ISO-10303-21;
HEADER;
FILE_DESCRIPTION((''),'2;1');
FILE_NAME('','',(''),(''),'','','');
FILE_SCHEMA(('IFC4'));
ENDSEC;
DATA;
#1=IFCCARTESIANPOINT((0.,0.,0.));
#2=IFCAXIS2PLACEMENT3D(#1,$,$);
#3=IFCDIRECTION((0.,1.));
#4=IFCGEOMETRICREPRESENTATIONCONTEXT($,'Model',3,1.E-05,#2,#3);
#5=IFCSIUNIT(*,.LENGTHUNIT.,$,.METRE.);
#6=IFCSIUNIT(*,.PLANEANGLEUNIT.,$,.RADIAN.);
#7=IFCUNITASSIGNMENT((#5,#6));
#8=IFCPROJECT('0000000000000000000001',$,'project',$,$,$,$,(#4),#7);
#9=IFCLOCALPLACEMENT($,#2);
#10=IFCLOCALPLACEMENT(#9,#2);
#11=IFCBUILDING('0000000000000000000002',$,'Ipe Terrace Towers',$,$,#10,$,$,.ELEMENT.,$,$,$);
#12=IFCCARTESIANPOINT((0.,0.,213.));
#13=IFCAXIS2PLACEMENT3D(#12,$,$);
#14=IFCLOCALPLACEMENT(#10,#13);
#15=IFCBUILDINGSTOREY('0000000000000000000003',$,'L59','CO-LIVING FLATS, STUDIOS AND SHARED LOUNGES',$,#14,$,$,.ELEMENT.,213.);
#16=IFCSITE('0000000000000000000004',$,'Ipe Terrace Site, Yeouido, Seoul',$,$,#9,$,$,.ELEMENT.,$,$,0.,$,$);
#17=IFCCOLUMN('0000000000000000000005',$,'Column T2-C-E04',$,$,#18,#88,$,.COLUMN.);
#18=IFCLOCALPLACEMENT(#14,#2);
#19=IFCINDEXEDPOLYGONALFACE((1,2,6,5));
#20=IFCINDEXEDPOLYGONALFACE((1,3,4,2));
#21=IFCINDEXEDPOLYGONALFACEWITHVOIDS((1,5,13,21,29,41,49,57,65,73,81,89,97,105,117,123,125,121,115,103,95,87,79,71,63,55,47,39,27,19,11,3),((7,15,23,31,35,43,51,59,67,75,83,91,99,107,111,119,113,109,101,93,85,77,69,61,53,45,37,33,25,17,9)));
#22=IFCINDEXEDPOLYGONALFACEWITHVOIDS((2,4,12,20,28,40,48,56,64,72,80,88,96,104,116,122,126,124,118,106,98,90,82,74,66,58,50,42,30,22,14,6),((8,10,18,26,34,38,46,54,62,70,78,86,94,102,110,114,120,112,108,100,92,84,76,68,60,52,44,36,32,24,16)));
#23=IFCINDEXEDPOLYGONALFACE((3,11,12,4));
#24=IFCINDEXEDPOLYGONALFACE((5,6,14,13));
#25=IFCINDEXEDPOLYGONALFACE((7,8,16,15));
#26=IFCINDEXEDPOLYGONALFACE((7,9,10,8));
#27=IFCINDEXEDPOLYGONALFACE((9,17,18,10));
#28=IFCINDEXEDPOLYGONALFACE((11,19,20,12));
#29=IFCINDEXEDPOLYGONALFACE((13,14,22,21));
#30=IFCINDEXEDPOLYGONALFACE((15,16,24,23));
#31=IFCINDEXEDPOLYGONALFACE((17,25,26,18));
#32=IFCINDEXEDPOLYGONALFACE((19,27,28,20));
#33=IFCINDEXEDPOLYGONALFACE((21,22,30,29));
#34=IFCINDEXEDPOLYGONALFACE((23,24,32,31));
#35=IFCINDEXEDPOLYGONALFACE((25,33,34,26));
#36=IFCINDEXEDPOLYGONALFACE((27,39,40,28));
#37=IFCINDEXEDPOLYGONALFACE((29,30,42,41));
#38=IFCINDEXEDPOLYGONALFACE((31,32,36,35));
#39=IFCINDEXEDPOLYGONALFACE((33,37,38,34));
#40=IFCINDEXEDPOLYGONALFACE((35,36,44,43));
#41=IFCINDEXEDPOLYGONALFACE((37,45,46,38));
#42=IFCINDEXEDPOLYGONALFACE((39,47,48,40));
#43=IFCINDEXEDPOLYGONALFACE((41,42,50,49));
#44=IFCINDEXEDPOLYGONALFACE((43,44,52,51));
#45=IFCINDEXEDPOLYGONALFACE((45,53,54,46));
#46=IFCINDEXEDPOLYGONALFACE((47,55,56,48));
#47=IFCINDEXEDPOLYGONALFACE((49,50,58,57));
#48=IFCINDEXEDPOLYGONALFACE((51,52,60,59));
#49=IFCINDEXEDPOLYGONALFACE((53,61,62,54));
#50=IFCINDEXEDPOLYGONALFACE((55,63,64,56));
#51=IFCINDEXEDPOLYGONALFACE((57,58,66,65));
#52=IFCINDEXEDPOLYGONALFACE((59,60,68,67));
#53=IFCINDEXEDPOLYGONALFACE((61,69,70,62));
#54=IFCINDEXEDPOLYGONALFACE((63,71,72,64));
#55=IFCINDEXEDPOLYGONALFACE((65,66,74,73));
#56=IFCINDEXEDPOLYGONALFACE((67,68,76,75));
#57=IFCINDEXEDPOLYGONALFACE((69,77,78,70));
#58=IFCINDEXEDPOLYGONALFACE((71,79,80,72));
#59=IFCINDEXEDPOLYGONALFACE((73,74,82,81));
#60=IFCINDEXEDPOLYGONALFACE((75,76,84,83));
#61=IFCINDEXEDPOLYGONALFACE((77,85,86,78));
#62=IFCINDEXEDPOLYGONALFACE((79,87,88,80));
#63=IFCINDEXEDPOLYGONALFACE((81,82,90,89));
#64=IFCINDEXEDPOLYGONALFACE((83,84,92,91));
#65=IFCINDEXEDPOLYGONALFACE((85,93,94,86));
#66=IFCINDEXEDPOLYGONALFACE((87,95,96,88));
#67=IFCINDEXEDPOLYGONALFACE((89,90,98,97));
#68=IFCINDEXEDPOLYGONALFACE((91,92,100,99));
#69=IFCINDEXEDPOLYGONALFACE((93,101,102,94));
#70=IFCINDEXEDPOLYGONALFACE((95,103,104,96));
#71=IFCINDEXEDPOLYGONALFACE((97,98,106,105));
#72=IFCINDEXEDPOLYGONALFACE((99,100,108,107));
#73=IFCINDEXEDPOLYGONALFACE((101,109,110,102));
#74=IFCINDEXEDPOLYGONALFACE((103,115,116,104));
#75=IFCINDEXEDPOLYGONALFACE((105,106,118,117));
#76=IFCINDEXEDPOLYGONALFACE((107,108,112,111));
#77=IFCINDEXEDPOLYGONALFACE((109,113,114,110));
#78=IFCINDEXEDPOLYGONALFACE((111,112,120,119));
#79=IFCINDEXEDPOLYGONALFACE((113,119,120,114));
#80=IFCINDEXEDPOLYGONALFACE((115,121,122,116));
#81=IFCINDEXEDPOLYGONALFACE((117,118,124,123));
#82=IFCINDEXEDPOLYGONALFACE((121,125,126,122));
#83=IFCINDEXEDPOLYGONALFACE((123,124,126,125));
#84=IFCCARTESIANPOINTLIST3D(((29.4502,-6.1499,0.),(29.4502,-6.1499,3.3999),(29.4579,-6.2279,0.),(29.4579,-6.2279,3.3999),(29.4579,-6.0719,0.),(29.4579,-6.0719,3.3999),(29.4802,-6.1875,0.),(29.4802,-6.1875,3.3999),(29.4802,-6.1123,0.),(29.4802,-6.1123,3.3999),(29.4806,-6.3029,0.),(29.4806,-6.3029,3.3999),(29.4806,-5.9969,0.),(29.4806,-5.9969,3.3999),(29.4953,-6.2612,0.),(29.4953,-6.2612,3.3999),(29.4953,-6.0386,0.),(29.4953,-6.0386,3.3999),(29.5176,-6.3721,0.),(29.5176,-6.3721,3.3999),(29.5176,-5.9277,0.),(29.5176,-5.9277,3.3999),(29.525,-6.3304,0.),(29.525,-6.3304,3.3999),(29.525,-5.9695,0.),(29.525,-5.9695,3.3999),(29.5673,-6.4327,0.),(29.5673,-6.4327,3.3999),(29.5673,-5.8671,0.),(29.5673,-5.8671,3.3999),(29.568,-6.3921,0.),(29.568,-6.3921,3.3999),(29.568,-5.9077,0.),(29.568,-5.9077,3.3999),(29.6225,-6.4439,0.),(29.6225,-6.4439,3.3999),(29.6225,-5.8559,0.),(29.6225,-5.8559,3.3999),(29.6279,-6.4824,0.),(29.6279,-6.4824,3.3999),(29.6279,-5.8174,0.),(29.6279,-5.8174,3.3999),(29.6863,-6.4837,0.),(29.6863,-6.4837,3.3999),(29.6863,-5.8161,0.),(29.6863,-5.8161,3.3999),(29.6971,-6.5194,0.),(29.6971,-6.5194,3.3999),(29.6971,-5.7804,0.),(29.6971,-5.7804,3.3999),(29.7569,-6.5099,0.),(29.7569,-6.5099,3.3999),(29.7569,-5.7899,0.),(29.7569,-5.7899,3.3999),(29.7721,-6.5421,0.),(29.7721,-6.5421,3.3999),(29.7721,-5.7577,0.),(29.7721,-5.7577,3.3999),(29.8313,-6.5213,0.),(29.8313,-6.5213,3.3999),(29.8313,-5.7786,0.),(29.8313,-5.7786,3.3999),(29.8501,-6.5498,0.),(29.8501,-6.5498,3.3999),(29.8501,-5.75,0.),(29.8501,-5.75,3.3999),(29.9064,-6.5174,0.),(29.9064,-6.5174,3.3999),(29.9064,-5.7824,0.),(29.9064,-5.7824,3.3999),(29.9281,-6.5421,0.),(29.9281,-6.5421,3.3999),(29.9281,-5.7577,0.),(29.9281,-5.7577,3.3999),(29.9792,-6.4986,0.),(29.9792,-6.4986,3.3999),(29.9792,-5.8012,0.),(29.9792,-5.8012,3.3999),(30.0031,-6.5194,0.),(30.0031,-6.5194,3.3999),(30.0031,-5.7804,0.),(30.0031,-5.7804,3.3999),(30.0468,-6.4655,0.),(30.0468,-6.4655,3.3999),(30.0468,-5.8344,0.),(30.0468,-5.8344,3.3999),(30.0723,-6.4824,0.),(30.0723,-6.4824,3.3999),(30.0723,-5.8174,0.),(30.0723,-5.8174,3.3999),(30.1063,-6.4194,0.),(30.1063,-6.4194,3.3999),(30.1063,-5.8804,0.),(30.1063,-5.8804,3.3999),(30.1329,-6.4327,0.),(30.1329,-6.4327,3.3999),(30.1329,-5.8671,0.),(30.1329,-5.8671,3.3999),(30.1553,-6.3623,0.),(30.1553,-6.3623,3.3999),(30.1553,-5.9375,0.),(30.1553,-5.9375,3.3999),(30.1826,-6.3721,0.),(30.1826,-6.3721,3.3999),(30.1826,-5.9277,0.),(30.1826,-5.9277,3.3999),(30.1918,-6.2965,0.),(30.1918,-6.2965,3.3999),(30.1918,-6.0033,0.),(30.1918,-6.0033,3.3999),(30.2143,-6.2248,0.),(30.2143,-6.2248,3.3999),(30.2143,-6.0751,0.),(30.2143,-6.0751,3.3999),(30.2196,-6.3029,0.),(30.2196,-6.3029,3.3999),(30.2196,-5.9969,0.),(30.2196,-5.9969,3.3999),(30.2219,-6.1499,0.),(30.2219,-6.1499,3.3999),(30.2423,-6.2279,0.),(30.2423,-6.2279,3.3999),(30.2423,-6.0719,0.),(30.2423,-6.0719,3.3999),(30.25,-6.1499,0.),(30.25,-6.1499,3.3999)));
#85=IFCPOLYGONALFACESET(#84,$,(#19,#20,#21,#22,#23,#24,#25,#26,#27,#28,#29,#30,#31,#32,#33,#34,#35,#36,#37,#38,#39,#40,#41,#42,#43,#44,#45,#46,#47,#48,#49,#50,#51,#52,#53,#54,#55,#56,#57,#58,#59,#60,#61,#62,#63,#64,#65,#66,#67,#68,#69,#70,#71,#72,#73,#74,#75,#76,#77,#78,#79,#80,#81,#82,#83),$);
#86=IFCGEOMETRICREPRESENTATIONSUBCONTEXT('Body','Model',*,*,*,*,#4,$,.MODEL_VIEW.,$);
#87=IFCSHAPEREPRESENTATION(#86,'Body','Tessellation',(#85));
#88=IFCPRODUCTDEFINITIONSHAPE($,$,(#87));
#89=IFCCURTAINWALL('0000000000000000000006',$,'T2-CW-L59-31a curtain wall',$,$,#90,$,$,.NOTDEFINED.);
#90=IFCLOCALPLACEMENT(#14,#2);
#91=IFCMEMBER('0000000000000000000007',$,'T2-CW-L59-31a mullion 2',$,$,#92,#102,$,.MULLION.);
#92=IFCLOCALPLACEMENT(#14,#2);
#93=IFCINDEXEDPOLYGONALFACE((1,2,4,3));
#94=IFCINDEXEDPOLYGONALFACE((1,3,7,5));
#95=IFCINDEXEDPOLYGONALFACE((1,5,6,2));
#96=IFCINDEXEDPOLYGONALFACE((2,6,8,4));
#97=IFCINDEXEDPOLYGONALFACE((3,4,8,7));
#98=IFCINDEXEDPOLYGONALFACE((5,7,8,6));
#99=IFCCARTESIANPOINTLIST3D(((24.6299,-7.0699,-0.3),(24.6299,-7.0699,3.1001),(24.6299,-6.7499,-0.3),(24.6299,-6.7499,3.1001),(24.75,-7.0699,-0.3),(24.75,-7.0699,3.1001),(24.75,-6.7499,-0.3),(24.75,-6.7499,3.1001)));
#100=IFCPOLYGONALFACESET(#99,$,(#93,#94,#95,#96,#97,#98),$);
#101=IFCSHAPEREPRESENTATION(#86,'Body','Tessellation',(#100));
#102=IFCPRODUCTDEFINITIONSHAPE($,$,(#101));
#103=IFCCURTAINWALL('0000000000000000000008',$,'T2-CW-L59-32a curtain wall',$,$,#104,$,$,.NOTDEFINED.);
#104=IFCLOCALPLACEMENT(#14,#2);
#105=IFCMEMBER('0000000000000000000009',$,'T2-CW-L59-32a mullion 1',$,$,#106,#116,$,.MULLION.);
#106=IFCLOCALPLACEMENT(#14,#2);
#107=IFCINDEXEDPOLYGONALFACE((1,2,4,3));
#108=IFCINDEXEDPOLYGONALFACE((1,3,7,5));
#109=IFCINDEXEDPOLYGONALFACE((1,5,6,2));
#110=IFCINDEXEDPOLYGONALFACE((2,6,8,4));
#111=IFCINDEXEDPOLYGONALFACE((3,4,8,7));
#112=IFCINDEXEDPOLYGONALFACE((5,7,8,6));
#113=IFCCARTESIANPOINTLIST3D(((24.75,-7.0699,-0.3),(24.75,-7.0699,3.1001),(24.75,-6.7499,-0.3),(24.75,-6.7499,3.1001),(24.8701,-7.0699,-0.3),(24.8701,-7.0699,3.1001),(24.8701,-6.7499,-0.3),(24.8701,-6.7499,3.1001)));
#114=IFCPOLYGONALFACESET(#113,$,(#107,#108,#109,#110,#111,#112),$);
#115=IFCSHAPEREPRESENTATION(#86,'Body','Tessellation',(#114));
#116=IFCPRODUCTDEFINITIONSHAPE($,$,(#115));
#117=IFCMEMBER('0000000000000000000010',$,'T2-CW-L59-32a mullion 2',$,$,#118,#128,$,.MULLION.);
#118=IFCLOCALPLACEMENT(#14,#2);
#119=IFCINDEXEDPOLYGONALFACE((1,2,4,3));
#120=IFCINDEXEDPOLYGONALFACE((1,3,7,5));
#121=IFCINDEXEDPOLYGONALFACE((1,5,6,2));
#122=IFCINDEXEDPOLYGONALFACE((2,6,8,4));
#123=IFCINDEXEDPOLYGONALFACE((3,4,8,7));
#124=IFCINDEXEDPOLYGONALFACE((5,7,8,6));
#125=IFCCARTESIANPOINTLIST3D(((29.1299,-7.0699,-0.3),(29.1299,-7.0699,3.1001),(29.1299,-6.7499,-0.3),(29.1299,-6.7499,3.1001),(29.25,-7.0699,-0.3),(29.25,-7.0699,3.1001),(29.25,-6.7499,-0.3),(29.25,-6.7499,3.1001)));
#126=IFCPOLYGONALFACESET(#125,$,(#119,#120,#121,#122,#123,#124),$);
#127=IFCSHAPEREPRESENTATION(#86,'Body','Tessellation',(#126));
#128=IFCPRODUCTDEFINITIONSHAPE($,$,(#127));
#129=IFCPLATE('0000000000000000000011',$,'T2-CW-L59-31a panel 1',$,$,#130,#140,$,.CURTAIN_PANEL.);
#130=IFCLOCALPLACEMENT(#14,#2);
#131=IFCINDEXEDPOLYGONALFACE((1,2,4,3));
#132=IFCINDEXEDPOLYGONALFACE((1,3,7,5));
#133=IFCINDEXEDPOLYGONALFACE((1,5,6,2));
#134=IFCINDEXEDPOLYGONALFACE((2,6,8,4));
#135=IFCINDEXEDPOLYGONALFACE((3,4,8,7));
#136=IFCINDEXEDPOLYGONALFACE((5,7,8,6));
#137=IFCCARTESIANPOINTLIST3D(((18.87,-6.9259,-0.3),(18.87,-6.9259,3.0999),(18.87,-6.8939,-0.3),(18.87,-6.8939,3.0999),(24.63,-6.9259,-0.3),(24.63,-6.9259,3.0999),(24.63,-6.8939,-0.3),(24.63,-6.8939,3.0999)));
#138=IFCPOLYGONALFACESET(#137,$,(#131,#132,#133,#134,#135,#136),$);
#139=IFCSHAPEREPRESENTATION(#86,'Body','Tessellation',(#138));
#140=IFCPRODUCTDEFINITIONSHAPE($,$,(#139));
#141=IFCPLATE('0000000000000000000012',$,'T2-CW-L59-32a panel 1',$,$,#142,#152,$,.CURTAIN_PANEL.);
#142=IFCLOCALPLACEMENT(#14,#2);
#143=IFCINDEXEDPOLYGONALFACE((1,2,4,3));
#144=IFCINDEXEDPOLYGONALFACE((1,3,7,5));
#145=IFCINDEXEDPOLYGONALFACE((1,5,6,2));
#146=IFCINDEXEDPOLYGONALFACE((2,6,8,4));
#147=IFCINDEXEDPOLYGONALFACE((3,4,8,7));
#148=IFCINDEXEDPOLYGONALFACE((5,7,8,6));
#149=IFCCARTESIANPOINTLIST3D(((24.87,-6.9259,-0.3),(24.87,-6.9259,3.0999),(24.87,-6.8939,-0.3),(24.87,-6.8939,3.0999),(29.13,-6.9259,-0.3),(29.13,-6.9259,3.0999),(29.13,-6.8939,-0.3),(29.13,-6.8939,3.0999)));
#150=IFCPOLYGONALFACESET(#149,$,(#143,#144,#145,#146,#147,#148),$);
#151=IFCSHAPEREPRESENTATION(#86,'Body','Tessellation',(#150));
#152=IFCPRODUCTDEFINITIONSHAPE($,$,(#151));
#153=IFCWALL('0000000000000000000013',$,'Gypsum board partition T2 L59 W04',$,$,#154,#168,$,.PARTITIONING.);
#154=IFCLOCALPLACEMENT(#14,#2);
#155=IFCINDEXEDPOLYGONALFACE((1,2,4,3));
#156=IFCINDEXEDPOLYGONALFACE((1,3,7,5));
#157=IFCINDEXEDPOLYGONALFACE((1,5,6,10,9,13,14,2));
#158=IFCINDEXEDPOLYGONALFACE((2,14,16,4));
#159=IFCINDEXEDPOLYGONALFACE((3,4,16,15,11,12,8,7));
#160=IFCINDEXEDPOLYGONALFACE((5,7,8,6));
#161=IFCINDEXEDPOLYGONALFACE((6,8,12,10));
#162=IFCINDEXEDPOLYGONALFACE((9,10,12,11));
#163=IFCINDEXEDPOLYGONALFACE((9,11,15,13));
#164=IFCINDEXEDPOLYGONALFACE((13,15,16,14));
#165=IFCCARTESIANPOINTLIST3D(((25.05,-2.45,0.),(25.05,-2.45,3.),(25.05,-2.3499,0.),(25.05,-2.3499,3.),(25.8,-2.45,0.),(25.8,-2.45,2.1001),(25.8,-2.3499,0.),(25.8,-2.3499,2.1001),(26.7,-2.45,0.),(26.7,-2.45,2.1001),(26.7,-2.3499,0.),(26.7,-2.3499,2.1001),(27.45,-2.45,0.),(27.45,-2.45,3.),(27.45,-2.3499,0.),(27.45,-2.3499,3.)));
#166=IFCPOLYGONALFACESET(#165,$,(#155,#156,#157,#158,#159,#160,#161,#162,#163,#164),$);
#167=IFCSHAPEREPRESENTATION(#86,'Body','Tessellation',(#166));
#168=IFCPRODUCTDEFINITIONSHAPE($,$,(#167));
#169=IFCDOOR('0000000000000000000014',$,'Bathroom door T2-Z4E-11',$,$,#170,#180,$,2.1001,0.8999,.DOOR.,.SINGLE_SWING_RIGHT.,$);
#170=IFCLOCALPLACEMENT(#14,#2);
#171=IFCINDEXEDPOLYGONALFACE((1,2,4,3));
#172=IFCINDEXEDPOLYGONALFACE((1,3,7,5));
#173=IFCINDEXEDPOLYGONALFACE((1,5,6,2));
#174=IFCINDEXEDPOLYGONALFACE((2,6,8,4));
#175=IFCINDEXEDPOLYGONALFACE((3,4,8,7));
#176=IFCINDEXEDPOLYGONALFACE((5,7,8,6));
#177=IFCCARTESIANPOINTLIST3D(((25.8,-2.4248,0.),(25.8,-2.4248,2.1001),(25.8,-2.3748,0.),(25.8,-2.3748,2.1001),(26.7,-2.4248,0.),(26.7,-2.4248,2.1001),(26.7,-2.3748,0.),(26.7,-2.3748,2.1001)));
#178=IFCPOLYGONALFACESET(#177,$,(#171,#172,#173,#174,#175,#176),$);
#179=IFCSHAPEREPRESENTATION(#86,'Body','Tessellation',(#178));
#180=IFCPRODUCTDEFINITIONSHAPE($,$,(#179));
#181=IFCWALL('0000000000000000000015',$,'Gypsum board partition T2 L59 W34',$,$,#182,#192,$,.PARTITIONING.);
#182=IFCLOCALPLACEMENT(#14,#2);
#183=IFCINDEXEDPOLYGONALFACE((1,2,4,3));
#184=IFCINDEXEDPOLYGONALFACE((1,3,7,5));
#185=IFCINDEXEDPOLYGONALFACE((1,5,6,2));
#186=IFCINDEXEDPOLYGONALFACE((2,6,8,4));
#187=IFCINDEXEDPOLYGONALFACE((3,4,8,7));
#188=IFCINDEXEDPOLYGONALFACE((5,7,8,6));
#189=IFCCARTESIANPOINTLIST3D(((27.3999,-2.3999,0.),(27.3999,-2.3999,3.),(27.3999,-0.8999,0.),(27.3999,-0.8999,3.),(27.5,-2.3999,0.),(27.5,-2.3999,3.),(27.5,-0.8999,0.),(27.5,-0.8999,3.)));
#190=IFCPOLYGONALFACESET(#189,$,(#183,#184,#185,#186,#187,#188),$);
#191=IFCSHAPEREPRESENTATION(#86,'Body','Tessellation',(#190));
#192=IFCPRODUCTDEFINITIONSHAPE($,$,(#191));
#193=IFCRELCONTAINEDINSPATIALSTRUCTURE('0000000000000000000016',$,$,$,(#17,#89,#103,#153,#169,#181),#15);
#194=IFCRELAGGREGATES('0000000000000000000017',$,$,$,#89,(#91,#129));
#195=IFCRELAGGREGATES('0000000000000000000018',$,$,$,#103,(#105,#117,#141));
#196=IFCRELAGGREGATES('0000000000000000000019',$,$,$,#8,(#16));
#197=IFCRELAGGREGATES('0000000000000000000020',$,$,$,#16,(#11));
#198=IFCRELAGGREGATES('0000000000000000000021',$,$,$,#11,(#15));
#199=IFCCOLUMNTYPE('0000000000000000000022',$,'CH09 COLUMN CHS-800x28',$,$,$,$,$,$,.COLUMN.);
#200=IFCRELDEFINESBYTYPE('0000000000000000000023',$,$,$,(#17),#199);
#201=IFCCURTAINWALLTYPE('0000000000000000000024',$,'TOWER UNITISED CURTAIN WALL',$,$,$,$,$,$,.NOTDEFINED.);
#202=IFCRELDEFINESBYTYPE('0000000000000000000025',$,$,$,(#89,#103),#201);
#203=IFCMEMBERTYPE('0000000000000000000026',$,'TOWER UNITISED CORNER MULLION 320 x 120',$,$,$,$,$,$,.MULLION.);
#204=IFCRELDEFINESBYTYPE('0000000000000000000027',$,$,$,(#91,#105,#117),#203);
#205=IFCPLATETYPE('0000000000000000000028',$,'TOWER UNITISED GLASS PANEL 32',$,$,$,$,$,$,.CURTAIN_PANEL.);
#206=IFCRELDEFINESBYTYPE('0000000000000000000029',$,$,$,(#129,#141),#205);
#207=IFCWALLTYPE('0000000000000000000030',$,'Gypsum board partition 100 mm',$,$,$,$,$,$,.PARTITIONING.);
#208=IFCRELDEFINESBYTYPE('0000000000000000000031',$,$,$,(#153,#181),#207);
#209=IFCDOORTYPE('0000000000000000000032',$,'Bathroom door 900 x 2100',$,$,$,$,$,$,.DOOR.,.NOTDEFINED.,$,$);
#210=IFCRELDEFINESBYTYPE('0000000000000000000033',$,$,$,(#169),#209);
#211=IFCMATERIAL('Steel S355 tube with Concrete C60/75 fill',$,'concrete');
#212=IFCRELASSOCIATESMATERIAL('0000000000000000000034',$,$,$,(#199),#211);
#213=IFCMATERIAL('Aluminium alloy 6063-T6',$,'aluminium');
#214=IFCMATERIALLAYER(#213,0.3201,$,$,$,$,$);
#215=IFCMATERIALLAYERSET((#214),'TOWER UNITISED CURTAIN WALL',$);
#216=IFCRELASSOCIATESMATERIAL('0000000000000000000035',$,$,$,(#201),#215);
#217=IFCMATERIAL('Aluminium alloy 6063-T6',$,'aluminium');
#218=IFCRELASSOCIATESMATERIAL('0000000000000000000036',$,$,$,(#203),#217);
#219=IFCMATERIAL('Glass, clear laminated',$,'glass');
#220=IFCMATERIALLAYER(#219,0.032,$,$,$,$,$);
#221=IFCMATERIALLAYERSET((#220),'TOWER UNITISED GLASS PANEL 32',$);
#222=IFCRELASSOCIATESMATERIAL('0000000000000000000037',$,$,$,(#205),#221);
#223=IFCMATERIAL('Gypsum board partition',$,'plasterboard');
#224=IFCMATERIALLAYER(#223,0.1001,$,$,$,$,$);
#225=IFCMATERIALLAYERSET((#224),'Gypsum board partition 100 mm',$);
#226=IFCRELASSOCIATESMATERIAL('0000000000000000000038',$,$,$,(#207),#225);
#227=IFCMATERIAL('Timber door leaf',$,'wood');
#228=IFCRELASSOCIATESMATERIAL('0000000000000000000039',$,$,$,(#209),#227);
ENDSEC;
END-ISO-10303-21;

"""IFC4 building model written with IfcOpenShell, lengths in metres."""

from ifc_helpers import new_model, si_unit, direction, frame, frame_2d, origin, origin_2d, place, context, subcontext, project, spatial, rectangle, hollow_circle, extrude, material, layer, layer_set, material_profile, profile_set, type_object, element, fill, aggregate, save


model = new_model("IFC4")

# Units and contexts
model_context = context("Model", 3, precision=1e-05, world=origin(), true_north=direction((0.0, 1.0)))
body_context = subcontext(model_context, "Body", "Model", "MODEL_VIEW")
ifc_project = project(units=[si_unit("LENGTHUNIT", "METRE"), si_unit("PLANEANGLEUNIT", "RADIAN")], contexts=[model_context])

# Site, building, storey
site_placement = place(None, origin())
site = spatial("IfcSite", under=ifc_project, at=site_placement, Name="Ipe Terrace Site, Yeouido, Seoul", CompositionType="ELEMENT", RefElevation=0.0)
building_placement = place(site_placement, origin())
building = spatial("IfcBuilding", under=site, at=building_placement, Name="Ipe Terrace Towers", CompositionType="ELEMENT")
storey_placement = place(building_placement, frame((0.0, 0.0, 213.0)))
storey = spatial("IfcBuildingStorey", under=building, at=storey_placement, Name="L59", Description="CO-LIVING FLATS, STUDIOS AND SHARED LOUNGES", CompositionType="ELEMENT", Elevation=213.0)

# Column
ifc_material_1 = material(Name="Steel S355 tube with Concrete C60/75 fill", Category="concrete")
ifc_material_profile_1 = material_profile(ifc_material_1, hollow_circle(Radius=0.3999, WallThickness=0.0281, at=origin_2d()), Name="CHS-800x28")
ifc_profile_set_1 = profile_set([ifc_material_profile_1], Name="Steel S355 tube with Concrete C60/75 fill")
column_type = type_object("IfcColumnType", Name="CH09 COLUMN CHS-800x28", PredefinedType="COLUMN", material=ifc_profile_set_1)
column_placement = place(storey_placement, frame((29.8501, -6.1499, 0.0), z_axis=(0.0, 0.0, 1.0), x_axis=(1.0, 0.0, 0.0)))
element("IfcColumn", 1, at=column_placement, inside=storey, type_object=column_type, Name="Column T2-C-E04", PredefinedType="COLUMN", context=body_context, shape_type="SweptSolid", body=[
    extrude(hollow_circle(Radius=0.3999, WallThickness=0.0281, at=origin_2d()), origin(), (0.0, 0.0, 1.0), 3.3999),
])

# Curtain wall, member
ifc_material_2 = material(Name="Aluminium alloy 6063-T6", Category="aluminium")
ifc_layer_1 = layer(ifc_material_2, 0.3201)
ifc_layer_set_1 = layer_set([ifc_layer_1], Name="TOWER UNITISED CURTAIN WALL")
curtain_wall_type = type_object("IfcCurtainWallType", Name="TOWER UNITISED CURTAIN WALL", PredefinedType="NOTDEFINED", material=ifc_layer_set_1)
curtain_wall_1_placement = place(storey_placement, origin())
curtain_wall_1 = element("IfcCurtainWall", 2, at=curtain_wall_1_placement, inside=storey, type_object=curtain_wall_type, Name="T2-CW-L59-31a curtain wall", PredefinedType="NOTDEFINED")
ifc_material_3 = material(Name="Aluminium alloy 6063-T6", Category="aluminium")
ifc_material_profile_2 = material_profile(ifc_material_3, rectangle(XDim=0.3201, YDim=0.1201, at=origin_2d()), Name="TOWER UNITISED CORNER MULLION 320 x 120")
ifc_profile_set_2 = profile_set([ifc_material_profile_2], Name="Aluminium alloy 6063-T6")
member_type = type_object("IfcMemberType", Name="TOWER UNITISED CORNER MULLION 320 x 120", PredefinedType="MULLION", material=ifc_profile_set_2)
member_1_placement = place(storey_placement, frame((24.6899, -6.9099, -0.3), z_axis=(0.0, 0.0, 1.0), x_axis=(0.0, -1.0, 0.0)))
member_1 = element("IfcMember", 3, at=member_1_placement, type_object=member_type, Name="T2-CW-L59-31a mullion 2", PredefinedType="MULLION", context=body_context, shape_type="SweptSolid", body=[
    extrude(rectangle(XDim=0.3201, YDim=0.1201, at=origin_2d()), origin(), (0.0, 0.0, 1.0), 3.4001),
])

# Curtain wall, members
curtain_wall_2_placement = place(storey_placement, origin())
curtain_wall_2 = element("IfcCurtainWall", 4, at=curtain_wall_2_placement, inside=storey, type_object=curtain_wall_type, Name="T2-CW-L59-32a curtain wall", PredefinedType="NOTDEFINED")
member_2_placement = place(storey_placement, frame((24.8101, -6.9099, -0.3), z_axis=(0.0, 0.0, 1.0), x_axis=(0.0, -1.0, 0.0)))
member_2 = element("IfcMember", 5, at=member_2_placement, type_object=member_type, Name="T2-CW-L59-32a mullion 1", PredefinedType="MULLION", context=body_context, shape_type="SweptSolid", body=[
    extrude(rectangle(XDim=0.3201, YDim=0.1201, at=origin_2d()), origin(), (0.0, 0.0, 1.0), 3.4001),
])
member_3_placement = place(storey_placement, frame((29.1899, -6.9099, -0.3), z_axis=(0.0, 0.0, 1.0), x_axis=(0.0, -1.0, 0.0)))
member_3 = element("IfcMember", 6, at=member_3_placement, type_object=member_type, Name="T2-CW-L59-32a mullion 2", PredefinedType="MULLION", context=body_context, shape_type="SweptSolid", body=[
    extrude(rectangle(XDim=0.3201, YDim=0.1201, at=origin_2d()), origin(), (0.0, 0.0, 1.0), 3.4001),
])

# Plates
ifc_material_4 = material(Name="Glass, clear laminated", Category="glass")
ifc_layer_2 = layer(ifc_material_4, 0.032)
ifc_layer_set_2 = layer_set([ifc_layer_2], Name="TOWER UNITISED GLASS PANEL 32")
plate_type = type_object("IfcPlateType", Name="TOWER UNITISED GLASS PANEL 32", PredefinedType="CURTAIN_PANEL", material=ifc_layer_set_2)
plate_1_placement = place(storey_placement, frame((21.75, -6.9099, -0.3), z_axis=(0.0, 0.0, 1.0), x_axis=(1.0, 0.0, 0.0)))
plate_1 = element("IfcPlate", 7, at=plate_1_placement, type_object=plate_type, Name="T2-CW-L59-31a panel 1", PredefinedType="CURTAIN_PANEL", context=body_context, shape_type="SweptSolid", body=[
    extrude(rectangle(XDim=5.76, YDim=0.032, at=origin_2d()), origin(), (0.0, 0.0, 1.0), 3.3999),
])
aggregate(curtain_wall_1, [member_1, plate_1])
plate_2_placement = place(storey_placement, frame((27.0, -6.9099, -0.3), z_axis=(0.0, 0.0, 1.0), x_axis=(1.0, 0.0, 0.0)))
plate_2 = element("IfcPlate", 8, at=plate_2_placement, type_object=plate_type, Name="T2-CW-L59-32a panel 1", PredefinedType="CURTAIN_PANEL", context=body_context, shape_type="SweptSolid", body=[
    extrude(rectangle(XDim=4.26, YDim=0.032, at=origin_2d()), origin(), (0.0, 0.0, 1.0), 3.3999),
])
aggregate(curtain_wall_2, [member_2, member_3, plate_2])

# Wall, opening, door
ifc_material_5 = material(Name="Gypsum board partition", Category="plasterboard")
ifc_layer_3 = layer(ifc_material_5, 0.1001)
ifc_layer_set_3 = layer_set([ifc_layer_3], Name="Gypsum board partition 100 mm")
wall_type_1 = type_object("IfcWallType", Name="Gypsum board partition 100 mm", PredefinedType="PARTITIONING", material=ifc_layer_set_3)
wall_1_placement = place(storey_placement, frame((27.45, -2.3999, 0.0), z_axis=(0.0, 0.0, 1.0), x_axis=(-1.0, 0.0, 0.0)))
wall_1 = element("IfcWall", 9, at=wall_1_placement, inside=storey, type_object=wall_type_1, Name="Gypsum board partition T2 L59 W04", PredefinedType="PARTITIONING", context=body_context, shape_type="SweptSolid", body=[
    extrude(rectangle(XDim=2.3999, YDim=0.1001, at=frame_2d((1.2, 0.0))), origin(), (0.0, 0.0, 1.0), 3.0),
])
opening_1_placement = place(wall_1_placement, frame((0.75, 0.0, 0.0)))
opening_1 = element("IfcOpeningElement", 10, at=opening_1_placement, cuts=wall_1, PredefinedType="OPENING", context=body_context, shape_type="SweptSolid", body=[
    extrude(rectangle(XDim=0.8999, YDim=2.1001, at=frame_2d((0.45, 1.05))), frame((0.0, 0.0601, 0.0), z_axis=(0.0, -1.0, 0.0), x_axis=(1.0, 0.0, 0.0)), (0.0, 0.0, 1.0), 0.1201),
])
ifc_material_6 = material(Name="Timber door leaf", Category="wood")
door_type_1 = type_object("IfcDoorType", Name="Bathroom door 900 x 2100", OperationType="NOTDEFINED", PredefinedType="DOOR", material=ifc_material_6)
door_1_placement = place(opening_1_placement, origin())
door_1 = element("IfcDoor", 11, at=door_1_placement, inside=storey, type_object=door_type_1, Name="Bathroom door T2-Z4E-11", OperationType="SINGLE_SWING_RIGHT", OverallHeight=2.1001, OverallWidth=0.8999, PredefinedType="DOOR", context=body_context, shape_type="SweptSolid", body=[
    extrude(rectangle(XDim=0.8999, YDim=2.1001, at=frame_2d((0.45, 1.05))), frame((0.0, 0.0249, 0.0), z_axis=(0.0, -1.0, 0.0), x_axis=(1.0, 0.0, 0.0)), (0.0, 0.0, 1.0), 0.05),
])
fill(opening_1, door_1)

# Wall
for number, where, z_axis, x_axis, name in (
    (12, (27.45, -2.3999, 0.0), (0.0, 0.0, 1.0), (0.0, 1.0, 0.0), "Gypsum board partition T2 L59 W34"),
):
    element("IfcWall", number, at=place(storey_placement, frame(where, z_axis=z_axis, x_axis=x_axis)), inside=storey, type_object=wall_type_1, Name=name, PredefinedType="PARTITIONING", context=body_context, shape_type="SweptSolid", body=[
        extrude(rectangle(XDim=1.5, YDim=0.1001, at=frame_2d((0.75, 0.0))), origin(), (0.0, 0.0, 1.0), 3.0),
    ])

save(model, "model.ifc")
